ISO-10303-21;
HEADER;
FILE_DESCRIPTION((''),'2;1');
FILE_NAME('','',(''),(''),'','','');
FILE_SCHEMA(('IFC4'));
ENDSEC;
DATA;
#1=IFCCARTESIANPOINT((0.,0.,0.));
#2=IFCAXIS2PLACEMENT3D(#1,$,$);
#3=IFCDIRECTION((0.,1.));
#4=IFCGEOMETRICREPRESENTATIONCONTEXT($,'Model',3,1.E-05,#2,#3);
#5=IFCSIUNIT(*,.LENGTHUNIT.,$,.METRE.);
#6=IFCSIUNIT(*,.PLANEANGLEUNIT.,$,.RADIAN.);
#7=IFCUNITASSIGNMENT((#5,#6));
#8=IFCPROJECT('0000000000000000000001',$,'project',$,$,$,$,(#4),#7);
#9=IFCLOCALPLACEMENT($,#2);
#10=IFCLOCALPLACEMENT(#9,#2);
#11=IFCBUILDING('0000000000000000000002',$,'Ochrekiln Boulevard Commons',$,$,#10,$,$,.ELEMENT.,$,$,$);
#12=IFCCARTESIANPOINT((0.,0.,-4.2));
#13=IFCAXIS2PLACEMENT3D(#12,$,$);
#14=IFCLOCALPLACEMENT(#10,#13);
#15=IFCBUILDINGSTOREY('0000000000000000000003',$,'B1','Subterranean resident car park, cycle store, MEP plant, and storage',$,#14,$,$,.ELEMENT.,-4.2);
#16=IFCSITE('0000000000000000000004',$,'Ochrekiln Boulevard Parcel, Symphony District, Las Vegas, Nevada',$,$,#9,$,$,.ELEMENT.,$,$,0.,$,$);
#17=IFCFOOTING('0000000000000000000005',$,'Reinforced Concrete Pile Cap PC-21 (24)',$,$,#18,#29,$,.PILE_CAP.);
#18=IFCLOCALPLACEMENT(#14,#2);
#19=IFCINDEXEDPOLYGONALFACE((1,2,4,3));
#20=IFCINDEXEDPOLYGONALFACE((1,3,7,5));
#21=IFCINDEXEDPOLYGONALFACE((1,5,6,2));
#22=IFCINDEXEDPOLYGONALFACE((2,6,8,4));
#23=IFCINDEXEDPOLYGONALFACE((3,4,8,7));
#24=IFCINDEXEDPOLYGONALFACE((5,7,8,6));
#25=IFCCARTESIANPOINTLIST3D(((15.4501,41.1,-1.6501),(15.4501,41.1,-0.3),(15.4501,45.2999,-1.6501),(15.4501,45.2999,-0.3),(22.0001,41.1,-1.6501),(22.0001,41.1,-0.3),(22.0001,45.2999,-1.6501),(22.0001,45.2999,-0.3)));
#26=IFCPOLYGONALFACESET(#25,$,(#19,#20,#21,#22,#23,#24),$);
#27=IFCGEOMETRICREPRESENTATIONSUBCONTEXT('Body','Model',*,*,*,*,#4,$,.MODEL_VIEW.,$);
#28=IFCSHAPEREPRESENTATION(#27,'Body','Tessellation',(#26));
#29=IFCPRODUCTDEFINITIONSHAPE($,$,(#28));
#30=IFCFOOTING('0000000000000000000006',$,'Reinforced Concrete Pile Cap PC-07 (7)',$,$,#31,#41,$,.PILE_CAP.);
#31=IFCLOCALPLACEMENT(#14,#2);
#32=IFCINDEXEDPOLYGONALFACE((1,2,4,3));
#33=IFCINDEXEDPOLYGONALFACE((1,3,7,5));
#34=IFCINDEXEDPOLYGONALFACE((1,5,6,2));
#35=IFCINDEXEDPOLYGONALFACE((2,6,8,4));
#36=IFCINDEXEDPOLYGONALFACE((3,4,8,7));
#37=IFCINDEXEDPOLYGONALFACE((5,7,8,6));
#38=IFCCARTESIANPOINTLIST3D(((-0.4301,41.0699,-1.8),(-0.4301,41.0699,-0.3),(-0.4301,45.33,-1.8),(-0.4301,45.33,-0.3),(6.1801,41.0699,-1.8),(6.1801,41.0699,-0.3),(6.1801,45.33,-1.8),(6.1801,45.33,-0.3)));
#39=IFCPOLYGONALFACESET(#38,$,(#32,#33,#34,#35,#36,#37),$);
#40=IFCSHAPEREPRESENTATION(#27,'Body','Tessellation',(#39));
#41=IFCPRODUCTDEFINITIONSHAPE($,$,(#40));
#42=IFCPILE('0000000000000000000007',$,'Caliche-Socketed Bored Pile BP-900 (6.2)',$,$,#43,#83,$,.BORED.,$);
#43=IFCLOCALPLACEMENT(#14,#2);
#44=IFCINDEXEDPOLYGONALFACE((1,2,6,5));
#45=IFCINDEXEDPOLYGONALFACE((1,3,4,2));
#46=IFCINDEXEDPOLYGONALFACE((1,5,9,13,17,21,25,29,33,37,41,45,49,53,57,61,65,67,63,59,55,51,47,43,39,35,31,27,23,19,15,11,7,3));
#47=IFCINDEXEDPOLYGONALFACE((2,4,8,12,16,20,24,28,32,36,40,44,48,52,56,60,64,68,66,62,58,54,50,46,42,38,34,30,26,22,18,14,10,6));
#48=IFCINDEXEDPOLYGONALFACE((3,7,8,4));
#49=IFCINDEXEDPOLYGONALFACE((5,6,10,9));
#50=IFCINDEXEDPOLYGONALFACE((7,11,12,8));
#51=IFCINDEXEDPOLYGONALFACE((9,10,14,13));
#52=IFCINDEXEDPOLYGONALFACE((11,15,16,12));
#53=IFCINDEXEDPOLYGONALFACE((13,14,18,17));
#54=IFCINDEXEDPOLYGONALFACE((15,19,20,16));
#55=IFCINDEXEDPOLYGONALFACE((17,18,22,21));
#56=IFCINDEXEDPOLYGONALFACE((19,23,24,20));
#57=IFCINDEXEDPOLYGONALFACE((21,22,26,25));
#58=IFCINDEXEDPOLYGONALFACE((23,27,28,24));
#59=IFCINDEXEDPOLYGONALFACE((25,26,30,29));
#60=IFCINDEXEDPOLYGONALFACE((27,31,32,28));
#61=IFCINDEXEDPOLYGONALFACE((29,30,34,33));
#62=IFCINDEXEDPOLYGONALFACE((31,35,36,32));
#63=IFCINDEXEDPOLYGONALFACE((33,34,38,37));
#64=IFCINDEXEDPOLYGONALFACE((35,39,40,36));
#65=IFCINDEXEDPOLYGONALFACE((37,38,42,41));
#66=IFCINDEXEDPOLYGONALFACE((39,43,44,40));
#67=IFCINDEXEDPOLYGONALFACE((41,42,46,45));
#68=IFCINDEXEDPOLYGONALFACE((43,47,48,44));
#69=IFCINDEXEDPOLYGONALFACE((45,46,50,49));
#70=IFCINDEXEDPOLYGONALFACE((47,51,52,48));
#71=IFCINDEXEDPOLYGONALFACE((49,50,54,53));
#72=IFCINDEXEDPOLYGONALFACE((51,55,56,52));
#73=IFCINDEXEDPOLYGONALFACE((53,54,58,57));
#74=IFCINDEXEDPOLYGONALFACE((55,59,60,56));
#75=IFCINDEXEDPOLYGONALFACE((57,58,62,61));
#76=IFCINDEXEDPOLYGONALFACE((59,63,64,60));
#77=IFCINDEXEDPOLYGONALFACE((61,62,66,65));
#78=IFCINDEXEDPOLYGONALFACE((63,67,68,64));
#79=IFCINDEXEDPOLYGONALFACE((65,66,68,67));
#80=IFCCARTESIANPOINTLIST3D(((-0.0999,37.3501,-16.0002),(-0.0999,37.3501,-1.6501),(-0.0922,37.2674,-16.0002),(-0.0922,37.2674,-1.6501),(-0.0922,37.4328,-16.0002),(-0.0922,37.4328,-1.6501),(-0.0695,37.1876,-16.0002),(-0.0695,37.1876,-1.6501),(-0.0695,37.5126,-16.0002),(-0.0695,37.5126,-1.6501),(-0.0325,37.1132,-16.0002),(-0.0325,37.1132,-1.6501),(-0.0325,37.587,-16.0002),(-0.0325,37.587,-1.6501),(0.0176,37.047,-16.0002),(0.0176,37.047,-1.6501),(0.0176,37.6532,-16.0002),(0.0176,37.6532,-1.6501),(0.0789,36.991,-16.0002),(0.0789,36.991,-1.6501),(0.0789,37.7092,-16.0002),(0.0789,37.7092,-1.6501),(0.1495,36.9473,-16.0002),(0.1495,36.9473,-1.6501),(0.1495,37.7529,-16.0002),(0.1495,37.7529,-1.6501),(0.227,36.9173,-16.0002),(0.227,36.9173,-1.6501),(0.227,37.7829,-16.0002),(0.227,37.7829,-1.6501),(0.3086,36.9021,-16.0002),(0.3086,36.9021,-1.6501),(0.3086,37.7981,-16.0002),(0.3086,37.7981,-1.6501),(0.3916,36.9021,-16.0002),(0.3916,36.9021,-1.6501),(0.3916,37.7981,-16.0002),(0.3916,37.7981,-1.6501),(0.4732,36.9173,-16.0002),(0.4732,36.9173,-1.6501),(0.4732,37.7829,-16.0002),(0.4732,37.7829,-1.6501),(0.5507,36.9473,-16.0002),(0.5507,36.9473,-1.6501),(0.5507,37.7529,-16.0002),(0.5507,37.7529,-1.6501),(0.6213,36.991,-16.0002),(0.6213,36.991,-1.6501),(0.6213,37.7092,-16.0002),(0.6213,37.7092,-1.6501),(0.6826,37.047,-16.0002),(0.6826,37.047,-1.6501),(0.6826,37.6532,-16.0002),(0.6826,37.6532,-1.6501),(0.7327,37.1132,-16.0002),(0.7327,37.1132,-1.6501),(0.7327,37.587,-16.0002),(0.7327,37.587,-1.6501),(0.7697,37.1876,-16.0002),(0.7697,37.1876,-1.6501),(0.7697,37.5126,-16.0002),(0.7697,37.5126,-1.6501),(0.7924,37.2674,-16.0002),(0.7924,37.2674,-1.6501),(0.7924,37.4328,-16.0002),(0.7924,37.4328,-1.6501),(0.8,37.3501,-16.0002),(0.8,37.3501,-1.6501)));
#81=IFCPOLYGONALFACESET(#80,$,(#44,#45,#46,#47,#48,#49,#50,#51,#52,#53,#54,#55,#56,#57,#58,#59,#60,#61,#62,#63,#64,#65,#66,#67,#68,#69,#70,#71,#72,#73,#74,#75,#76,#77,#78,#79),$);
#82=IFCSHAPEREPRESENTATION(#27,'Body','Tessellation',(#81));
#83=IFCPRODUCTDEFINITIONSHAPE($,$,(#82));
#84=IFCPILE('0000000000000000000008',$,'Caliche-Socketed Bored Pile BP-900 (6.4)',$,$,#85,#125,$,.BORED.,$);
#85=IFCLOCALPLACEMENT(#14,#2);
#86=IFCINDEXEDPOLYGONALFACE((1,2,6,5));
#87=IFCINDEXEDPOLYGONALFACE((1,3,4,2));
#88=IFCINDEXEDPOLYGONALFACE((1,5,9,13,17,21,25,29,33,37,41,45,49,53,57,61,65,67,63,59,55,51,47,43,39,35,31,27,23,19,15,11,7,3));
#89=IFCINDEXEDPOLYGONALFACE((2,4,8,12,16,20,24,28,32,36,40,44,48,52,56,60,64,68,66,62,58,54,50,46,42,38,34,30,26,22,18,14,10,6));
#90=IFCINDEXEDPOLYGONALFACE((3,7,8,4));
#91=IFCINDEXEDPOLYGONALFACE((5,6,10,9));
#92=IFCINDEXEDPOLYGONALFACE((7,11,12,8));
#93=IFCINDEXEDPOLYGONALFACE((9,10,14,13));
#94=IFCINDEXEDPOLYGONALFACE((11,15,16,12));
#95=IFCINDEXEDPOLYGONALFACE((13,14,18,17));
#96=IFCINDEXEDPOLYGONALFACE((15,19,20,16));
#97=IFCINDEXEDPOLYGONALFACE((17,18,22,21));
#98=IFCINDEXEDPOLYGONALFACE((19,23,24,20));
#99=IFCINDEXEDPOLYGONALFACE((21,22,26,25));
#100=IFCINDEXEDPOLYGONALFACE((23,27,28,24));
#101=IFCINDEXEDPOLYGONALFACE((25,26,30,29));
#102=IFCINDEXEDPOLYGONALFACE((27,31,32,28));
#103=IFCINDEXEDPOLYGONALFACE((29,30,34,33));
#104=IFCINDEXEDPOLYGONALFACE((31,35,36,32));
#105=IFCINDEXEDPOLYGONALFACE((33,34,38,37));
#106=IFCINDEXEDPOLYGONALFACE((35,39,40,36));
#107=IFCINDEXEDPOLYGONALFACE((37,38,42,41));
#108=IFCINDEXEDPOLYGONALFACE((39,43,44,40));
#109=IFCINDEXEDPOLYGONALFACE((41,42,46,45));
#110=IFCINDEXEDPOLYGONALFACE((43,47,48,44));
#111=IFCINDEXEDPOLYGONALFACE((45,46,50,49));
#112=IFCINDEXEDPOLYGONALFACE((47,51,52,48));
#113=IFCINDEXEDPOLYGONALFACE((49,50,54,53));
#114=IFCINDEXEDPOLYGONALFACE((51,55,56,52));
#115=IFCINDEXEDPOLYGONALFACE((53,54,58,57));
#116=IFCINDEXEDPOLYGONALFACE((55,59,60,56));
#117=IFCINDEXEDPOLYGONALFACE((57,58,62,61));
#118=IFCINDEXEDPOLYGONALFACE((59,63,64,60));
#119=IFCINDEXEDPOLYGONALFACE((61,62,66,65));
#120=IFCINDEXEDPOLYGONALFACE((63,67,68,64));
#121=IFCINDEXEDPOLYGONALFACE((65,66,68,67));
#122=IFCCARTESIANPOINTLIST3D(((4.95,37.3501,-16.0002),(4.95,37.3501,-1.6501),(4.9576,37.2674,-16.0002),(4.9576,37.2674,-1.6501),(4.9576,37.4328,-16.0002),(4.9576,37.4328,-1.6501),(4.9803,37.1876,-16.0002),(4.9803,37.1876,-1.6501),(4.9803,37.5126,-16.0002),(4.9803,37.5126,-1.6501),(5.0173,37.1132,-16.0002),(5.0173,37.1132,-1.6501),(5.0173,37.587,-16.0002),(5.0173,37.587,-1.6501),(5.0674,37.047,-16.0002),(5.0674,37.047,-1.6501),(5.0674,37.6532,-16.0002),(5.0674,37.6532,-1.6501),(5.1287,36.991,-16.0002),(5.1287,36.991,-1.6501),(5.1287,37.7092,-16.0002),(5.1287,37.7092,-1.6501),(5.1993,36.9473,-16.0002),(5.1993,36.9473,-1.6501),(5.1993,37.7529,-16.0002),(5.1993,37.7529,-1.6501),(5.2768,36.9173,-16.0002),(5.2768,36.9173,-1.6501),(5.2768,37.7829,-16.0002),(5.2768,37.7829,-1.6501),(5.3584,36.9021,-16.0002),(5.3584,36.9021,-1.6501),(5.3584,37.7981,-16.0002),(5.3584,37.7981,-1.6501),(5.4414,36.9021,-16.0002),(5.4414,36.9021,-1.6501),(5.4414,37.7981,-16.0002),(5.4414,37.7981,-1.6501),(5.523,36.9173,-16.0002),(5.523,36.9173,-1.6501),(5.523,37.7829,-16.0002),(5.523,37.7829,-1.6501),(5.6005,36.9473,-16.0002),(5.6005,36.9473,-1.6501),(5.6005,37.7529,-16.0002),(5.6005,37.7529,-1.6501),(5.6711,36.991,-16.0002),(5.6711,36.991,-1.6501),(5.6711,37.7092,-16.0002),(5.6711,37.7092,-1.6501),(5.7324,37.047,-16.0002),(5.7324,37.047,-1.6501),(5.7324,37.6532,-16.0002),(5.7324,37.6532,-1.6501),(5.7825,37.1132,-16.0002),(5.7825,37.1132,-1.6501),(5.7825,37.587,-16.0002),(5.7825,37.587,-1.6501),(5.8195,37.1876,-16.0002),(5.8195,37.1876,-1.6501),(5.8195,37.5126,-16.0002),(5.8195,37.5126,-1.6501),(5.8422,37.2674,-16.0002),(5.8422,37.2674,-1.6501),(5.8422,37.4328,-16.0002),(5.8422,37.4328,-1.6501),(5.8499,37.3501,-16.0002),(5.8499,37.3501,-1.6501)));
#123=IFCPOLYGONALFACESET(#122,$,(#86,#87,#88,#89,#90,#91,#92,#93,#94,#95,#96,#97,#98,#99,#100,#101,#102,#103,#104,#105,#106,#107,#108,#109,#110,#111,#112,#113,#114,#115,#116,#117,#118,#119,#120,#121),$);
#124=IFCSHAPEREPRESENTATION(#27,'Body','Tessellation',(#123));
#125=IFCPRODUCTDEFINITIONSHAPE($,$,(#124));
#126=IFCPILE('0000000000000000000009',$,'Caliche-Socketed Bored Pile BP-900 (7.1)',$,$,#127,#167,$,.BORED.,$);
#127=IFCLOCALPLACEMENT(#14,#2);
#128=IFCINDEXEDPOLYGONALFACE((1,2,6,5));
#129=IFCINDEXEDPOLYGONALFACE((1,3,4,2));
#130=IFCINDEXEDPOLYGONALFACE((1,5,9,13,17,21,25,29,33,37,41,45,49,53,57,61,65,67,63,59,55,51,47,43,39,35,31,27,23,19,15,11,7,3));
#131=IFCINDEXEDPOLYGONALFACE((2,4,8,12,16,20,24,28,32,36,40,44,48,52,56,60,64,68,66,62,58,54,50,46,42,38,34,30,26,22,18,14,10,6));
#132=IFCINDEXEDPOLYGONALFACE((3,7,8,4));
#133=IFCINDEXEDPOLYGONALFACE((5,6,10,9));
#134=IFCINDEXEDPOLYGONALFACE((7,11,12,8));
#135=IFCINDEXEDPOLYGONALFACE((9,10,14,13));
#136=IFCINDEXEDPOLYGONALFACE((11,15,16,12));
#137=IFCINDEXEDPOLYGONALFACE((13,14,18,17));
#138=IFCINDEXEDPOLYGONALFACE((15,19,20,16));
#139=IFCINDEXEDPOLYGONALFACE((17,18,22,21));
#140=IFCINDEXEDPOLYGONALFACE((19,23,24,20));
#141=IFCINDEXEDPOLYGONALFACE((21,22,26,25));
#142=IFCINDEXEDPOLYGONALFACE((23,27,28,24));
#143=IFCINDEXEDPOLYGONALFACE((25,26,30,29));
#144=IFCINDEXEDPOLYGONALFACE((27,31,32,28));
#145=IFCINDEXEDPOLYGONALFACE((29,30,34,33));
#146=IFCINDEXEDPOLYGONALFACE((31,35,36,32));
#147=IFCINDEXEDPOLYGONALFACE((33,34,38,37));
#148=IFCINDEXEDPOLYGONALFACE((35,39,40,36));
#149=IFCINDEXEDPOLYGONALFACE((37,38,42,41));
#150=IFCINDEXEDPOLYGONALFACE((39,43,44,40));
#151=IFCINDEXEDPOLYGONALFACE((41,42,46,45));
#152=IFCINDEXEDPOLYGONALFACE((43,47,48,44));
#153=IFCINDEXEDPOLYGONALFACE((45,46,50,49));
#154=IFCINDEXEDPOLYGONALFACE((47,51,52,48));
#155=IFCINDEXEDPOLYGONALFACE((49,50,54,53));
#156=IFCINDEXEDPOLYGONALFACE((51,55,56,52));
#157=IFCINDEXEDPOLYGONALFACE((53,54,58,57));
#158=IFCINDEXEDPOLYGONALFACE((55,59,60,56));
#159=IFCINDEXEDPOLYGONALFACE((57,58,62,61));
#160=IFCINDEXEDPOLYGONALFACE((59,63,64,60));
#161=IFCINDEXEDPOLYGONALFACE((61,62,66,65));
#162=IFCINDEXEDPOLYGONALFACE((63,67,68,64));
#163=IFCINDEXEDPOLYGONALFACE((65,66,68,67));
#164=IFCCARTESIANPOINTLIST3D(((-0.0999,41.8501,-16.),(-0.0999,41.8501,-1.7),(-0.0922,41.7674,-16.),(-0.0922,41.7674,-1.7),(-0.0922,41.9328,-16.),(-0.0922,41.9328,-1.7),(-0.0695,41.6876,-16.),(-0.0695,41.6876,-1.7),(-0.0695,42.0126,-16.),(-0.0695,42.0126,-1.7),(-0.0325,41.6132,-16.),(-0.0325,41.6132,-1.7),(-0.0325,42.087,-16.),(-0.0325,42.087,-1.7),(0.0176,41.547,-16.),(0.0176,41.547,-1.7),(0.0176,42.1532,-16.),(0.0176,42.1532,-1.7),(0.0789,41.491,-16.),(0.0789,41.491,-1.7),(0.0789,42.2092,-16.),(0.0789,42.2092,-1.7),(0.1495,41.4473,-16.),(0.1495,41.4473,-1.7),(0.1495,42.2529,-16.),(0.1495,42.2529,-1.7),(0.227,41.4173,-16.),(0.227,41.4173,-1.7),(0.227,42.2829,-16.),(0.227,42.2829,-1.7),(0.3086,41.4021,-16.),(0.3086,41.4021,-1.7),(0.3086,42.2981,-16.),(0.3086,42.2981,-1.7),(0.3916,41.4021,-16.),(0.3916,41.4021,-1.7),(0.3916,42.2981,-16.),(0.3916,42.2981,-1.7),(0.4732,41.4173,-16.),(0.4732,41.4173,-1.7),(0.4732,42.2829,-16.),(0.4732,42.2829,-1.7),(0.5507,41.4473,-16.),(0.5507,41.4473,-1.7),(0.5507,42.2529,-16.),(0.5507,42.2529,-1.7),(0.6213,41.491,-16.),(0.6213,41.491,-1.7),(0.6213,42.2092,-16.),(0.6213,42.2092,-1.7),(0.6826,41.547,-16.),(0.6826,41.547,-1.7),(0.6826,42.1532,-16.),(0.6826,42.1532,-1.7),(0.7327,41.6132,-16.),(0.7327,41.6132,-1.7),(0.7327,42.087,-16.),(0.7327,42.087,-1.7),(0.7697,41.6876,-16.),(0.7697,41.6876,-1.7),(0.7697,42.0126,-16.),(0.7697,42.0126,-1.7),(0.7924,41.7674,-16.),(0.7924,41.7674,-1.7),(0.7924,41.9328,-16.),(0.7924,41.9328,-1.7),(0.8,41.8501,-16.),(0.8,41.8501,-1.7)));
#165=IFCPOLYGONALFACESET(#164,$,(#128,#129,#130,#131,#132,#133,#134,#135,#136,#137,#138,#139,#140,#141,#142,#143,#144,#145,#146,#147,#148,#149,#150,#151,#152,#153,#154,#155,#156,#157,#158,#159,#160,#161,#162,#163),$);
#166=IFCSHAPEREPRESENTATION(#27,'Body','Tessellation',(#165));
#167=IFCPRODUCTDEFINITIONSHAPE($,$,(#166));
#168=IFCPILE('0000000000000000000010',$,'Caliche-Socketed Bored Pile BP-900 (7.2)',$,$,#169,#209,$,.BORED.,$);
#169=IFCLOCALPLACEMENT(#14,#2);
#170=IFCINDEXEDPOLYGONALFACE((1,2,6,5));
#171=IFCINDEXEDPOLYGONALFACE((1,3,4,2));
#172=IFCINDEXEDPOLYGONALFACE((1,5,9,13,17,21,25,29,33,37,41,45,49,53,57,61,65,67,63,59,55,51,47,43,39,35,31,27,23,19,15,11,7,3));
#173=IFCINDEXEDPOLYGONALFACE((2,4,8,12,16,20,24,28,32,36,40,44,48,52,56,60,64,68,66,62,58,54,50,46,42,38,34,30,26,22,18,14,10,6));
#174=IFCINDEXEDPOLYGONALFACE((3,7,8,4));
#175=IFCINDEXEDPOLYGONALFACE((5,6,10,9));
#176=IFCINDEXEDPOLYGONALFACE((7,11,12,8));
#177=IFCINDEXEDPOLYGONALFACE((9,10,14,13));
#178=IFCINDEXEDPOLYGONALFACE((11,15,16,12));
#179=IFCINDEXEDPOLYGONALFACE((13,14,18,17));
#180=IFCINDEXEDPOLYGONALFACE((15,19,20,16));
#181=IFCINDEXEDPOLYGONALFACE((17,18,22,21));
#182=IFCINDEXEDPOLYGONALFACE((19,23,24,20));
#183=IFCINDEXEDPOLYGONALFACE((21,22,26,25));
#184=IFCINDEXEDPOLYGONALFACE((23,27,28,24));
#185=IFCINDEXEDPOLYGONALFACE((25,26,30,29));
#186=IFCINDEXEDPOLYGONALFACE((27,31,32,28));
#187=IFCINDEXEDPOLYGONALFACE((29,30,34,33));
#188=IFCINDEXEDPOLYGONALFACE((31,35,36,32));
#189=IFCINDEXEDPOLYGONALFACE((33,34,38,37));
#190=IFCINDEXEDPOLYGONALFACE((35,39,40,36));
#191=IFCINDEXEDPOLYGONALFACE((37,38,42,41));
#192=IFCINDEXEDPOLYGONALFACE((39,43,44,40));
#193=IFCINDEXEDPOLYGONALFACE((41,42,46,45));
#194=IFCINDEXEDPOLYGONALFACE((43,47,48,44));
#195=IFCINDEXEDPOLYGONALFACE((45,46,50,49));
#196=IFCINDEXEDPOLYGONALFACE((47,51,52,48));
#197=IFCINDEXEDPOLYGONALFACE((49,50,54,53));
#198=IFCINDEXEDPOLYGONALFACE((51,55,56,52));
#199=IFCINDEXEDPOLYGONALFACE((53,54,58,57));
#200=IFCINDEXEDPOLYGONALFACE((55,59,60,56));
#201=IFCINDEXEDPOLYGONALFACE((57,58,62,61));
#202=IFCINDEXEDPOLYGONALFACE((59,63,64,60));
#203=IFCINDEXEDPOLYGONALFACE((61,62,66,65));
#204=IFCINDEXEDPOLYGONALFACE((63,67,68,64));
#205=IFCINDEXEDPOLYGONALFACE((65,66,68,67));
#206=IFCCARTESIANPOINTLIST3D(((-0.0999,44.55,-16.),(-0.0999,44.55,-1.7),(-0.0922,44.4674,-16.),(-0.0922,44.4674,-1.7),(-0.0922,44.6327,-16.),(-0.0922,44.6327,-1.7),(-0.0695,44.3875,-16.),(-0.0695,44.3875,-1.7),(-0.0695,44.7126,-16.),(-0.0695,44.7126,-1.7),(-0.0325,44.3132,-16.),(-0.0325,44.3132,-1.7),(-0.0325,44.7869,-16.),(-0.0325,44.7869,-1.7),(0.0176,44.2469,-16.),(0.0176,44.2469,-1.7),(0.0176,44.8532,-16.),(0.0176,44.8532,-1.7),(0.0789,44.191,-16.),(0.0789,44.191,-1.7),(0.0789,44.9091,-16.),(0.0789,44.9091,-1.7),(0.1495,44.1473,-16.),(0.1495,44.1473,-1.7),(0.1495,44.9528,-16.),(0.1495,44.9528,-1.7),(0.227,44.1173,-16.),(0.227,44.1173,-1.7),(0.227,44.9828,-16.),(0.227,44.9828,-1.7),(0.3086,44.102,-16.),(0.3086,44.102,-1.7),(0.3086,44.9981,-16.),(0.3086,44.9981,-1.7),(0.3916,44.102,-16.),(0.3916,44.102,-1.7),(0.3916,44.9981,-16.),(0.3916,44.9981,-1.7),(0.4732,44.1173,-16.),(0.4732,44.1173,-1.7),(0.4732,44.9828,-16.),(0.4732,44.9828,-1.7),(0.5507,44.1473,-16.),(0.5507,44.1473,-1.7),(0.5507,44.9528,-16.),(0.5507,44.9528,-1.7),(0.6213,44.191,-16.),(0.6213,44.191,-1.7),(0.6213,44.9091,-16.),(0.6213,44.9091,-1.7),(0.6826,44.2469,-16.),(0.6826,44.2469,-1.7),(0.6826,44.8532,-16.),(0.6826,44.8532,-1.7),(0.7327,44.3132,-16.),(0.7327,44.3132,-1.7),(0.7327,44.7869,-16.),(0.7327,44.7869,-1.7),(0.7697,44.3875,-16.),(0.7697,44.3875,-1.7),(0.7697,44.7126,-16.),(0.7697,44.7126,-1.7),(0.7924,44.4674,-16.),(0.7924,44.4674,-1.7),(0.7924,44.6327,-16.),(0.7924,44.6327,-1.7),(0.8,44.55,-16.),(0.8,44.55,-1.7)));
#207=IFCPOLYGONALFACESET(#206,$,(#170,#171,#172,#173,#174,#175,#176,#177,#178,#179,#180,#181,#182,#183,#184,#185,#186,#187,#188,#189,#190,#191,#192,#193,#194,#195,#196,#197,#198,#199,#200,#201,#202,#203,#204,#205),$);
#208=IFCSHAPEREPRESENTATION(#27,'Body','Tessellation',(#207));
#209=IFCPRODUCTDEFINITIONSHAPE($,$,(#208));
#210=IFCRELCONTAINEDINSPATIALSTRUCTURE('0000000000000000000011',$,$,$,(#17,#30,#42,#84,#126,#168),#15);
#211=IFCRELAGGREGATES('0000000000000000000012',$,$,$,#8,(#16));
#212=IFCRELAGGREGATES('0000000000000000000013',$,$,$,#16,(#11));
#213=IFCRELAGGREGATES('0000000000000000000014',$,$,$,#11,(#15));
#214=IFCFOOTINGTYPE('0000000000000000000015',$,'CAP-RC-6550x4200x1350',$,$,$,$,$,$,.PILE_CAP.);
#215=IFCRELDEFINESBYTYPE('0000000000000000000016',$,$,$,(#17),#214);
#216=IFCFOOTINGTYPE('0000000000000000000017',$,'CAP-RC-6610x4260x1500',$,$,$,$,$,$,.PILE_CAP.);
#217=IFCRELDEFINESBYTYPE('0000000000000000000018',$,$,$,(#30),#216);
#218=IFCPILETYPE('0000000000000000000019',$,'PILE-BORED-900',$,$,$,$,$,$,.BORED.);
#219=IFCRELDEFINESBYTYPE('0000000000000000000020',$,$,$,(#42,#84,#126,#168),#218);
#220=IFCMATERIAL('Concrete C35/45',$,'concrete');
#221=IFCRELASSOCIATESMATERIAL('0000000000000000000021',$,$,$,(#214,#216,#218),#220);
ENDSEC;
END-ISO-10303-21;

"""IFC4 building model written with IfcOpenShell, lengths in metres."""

from ifc_helpers import new_model, si_unit, direction, frame, origin, origin_2d, place, context, subcontext, project, spatial, rectangle, circle, extrude, material, material_profile, profile_set, type_object, element, save


model = new_model("IFC4")

# Units and contexts
model_context = context("Model", 3, precision=1e-05, world=origin(), true_north=direction((0.0, 1.0)))
body_context = subcontext(model_context, "Body", "Model", "MODEL_VIEW")
ifc_project = project(units=[si_unit("LENGTHUNIT", "METRE"), si_unit("PLANEANGLEUNIT", "RADIAN")], contexts=[model_context])

# Site, building, storey
site_placement = place(None, origin())
site = spatial("IfcSite", under=ifc_project, at=site_placement, Name="Ochrekiln Boulevard Parcel, Symphony District, Las Vegas, Nevada", CompositionType="ELEMENT", RefElevation=0.0)
building_placement = place(site_placement, origin())
building = spatial("IfcBuilding", under=site, at=building_placement, Name="Ochrekiln Boulevard Commons", CompositionType="ELEMENT")
storey_placement = place(building_placement, frame((0.0, 0.0, -4.2)))
storey = spatial("IfcBuildingStorey", under=building, at=storey_placement, Name="B1", Description="Subterranean resident car park, cycle store, MEP plant, and storage", CompositionType="ELEMENT", Elevation=-4.2)

# Footings
ifc_material_1 = material(Name="Concrete C35/45", Category="concrete")
footing_type_1 = type_object("IfcFootingType", Name="CAP-RC-6550x4200x1350", PredefinedType="PILE_CAP", material=ifc_material_1)
footing_1_placement = place(storey_placement, frame((18.7251, 43.2, -1.6501), z_axis=(0.0, 0.0, 1.0), x_axis=(1.0, 0.0, 0.0)))
element("IfcFooting", 1, at=footing_1_placement, inside=storey, type_object=footing_type_1, Name="Reinforced Concrete Pile Cap PC-21 (24)", PredefinedType="PILE_CAP", context=body_context, shape_type="SweptSolid", body=[
    extrude(rectangle(XDim=6.55, YDim=4.2, at=origin_2d()), origin(), (0.0, 0.0, 1.0), 1.3501),
])
footing_type_2 = type_object("IfcFootingType", Name="CAP-RC-6610x4260x1500", PredefinedType="PILE_CAP", material=ifc_material_1)
footing_2_placement = place(storey_placement, frame((2.875, 43.2, -1.8), z_axis=(0.0, 0.0, 1.0), x_axis=(1.0, 0.0, 0.0)))
element("IfcFooting", 2, at=footing_2_placement, inside=storey, type_object=footing_type_2, Name="Reinforced Concrete Pile Cap PC-07 (7)", PredefinedType="PILE_CAP", context=body_context, shape_type="SweptSolid", body=[
    extrude(rectangle(XDim=6.6101, YDim=4.26, at=origin_2d()), origin(), (0.0, 0.0, 1.0), 1.5),
])

# Piles
ifc_material_profile_1 = material_profile(ifc_material_1, circle(Radius=0.45, at=origin_2d()), Name="PILE-D900")
ifc_profile_set_1 = profile_set([ifc_material_profile_1], Name="Concrete C35/45")
pile_type = type_object("IfcPileType", Name="PILE-BORED-900", PredefinedType="BORED", material=ifc_profile_set_1)
for number, where, z_axis, x_axis, name in (
    (3, (0.3501, 37.3501, -1.6501), (0.0, 0.0, -1.0), (1.0, 0.0, 0.0), "Caliche-Socketed Bored Pile BP-900 (6.2)"),
    (4, (5.3999, 37.3501, -1.6501), (0.0, 0.0, -1.0), (1.0, 0.0, 0.0), "Caliche-Socketed Bored Pile BP-900 (6.4)"),
):
    element("IfcPile", number, at=place(storey_placement, frame(where, z_axis=z_axis, x_axis=x_axis)), inside=storey, type_object=pile_type, Name=name, PredefinedType="BORED", context=body_context, shape_type="SweptSolid", body=[
        extrude(circle(Radius=0.45, at=origin_2d()), origin(), (0.0, 0.0, 1.0), 14.3501),
    ])
for number, where, z_axis, x_axis, name in (
    (5, (0.3501, 41.8501, -1.7), (0.0, 0.0, -1.0), (1.0, 0.0, 0.0), "Caliche-Socketed Bored Pile BP-900 (7.1)"),
    (6, (0.3501, 44.55, -1.7), (0.0, 0.0, -1.0), (1.0, 0.0, 0.0), "Caliche-Socketed Bored Pile BP-900 (7.2)"),
):
    element("IfcPile", number, at=place(storey_placement, frame(where, z_axis=z_axis, x_axis=x_axis)), inside=storey, type_object=pile_type, Name=name, PredefinedType="BORED", context=body_context, shape_type="SweptSolid", body=[
        extrude(circle(Radius=0.45, at=origin_2d()), origin(), (0.0, 0.0, 1.0), 14.3),
    ])

save(model, "model.ifc")
